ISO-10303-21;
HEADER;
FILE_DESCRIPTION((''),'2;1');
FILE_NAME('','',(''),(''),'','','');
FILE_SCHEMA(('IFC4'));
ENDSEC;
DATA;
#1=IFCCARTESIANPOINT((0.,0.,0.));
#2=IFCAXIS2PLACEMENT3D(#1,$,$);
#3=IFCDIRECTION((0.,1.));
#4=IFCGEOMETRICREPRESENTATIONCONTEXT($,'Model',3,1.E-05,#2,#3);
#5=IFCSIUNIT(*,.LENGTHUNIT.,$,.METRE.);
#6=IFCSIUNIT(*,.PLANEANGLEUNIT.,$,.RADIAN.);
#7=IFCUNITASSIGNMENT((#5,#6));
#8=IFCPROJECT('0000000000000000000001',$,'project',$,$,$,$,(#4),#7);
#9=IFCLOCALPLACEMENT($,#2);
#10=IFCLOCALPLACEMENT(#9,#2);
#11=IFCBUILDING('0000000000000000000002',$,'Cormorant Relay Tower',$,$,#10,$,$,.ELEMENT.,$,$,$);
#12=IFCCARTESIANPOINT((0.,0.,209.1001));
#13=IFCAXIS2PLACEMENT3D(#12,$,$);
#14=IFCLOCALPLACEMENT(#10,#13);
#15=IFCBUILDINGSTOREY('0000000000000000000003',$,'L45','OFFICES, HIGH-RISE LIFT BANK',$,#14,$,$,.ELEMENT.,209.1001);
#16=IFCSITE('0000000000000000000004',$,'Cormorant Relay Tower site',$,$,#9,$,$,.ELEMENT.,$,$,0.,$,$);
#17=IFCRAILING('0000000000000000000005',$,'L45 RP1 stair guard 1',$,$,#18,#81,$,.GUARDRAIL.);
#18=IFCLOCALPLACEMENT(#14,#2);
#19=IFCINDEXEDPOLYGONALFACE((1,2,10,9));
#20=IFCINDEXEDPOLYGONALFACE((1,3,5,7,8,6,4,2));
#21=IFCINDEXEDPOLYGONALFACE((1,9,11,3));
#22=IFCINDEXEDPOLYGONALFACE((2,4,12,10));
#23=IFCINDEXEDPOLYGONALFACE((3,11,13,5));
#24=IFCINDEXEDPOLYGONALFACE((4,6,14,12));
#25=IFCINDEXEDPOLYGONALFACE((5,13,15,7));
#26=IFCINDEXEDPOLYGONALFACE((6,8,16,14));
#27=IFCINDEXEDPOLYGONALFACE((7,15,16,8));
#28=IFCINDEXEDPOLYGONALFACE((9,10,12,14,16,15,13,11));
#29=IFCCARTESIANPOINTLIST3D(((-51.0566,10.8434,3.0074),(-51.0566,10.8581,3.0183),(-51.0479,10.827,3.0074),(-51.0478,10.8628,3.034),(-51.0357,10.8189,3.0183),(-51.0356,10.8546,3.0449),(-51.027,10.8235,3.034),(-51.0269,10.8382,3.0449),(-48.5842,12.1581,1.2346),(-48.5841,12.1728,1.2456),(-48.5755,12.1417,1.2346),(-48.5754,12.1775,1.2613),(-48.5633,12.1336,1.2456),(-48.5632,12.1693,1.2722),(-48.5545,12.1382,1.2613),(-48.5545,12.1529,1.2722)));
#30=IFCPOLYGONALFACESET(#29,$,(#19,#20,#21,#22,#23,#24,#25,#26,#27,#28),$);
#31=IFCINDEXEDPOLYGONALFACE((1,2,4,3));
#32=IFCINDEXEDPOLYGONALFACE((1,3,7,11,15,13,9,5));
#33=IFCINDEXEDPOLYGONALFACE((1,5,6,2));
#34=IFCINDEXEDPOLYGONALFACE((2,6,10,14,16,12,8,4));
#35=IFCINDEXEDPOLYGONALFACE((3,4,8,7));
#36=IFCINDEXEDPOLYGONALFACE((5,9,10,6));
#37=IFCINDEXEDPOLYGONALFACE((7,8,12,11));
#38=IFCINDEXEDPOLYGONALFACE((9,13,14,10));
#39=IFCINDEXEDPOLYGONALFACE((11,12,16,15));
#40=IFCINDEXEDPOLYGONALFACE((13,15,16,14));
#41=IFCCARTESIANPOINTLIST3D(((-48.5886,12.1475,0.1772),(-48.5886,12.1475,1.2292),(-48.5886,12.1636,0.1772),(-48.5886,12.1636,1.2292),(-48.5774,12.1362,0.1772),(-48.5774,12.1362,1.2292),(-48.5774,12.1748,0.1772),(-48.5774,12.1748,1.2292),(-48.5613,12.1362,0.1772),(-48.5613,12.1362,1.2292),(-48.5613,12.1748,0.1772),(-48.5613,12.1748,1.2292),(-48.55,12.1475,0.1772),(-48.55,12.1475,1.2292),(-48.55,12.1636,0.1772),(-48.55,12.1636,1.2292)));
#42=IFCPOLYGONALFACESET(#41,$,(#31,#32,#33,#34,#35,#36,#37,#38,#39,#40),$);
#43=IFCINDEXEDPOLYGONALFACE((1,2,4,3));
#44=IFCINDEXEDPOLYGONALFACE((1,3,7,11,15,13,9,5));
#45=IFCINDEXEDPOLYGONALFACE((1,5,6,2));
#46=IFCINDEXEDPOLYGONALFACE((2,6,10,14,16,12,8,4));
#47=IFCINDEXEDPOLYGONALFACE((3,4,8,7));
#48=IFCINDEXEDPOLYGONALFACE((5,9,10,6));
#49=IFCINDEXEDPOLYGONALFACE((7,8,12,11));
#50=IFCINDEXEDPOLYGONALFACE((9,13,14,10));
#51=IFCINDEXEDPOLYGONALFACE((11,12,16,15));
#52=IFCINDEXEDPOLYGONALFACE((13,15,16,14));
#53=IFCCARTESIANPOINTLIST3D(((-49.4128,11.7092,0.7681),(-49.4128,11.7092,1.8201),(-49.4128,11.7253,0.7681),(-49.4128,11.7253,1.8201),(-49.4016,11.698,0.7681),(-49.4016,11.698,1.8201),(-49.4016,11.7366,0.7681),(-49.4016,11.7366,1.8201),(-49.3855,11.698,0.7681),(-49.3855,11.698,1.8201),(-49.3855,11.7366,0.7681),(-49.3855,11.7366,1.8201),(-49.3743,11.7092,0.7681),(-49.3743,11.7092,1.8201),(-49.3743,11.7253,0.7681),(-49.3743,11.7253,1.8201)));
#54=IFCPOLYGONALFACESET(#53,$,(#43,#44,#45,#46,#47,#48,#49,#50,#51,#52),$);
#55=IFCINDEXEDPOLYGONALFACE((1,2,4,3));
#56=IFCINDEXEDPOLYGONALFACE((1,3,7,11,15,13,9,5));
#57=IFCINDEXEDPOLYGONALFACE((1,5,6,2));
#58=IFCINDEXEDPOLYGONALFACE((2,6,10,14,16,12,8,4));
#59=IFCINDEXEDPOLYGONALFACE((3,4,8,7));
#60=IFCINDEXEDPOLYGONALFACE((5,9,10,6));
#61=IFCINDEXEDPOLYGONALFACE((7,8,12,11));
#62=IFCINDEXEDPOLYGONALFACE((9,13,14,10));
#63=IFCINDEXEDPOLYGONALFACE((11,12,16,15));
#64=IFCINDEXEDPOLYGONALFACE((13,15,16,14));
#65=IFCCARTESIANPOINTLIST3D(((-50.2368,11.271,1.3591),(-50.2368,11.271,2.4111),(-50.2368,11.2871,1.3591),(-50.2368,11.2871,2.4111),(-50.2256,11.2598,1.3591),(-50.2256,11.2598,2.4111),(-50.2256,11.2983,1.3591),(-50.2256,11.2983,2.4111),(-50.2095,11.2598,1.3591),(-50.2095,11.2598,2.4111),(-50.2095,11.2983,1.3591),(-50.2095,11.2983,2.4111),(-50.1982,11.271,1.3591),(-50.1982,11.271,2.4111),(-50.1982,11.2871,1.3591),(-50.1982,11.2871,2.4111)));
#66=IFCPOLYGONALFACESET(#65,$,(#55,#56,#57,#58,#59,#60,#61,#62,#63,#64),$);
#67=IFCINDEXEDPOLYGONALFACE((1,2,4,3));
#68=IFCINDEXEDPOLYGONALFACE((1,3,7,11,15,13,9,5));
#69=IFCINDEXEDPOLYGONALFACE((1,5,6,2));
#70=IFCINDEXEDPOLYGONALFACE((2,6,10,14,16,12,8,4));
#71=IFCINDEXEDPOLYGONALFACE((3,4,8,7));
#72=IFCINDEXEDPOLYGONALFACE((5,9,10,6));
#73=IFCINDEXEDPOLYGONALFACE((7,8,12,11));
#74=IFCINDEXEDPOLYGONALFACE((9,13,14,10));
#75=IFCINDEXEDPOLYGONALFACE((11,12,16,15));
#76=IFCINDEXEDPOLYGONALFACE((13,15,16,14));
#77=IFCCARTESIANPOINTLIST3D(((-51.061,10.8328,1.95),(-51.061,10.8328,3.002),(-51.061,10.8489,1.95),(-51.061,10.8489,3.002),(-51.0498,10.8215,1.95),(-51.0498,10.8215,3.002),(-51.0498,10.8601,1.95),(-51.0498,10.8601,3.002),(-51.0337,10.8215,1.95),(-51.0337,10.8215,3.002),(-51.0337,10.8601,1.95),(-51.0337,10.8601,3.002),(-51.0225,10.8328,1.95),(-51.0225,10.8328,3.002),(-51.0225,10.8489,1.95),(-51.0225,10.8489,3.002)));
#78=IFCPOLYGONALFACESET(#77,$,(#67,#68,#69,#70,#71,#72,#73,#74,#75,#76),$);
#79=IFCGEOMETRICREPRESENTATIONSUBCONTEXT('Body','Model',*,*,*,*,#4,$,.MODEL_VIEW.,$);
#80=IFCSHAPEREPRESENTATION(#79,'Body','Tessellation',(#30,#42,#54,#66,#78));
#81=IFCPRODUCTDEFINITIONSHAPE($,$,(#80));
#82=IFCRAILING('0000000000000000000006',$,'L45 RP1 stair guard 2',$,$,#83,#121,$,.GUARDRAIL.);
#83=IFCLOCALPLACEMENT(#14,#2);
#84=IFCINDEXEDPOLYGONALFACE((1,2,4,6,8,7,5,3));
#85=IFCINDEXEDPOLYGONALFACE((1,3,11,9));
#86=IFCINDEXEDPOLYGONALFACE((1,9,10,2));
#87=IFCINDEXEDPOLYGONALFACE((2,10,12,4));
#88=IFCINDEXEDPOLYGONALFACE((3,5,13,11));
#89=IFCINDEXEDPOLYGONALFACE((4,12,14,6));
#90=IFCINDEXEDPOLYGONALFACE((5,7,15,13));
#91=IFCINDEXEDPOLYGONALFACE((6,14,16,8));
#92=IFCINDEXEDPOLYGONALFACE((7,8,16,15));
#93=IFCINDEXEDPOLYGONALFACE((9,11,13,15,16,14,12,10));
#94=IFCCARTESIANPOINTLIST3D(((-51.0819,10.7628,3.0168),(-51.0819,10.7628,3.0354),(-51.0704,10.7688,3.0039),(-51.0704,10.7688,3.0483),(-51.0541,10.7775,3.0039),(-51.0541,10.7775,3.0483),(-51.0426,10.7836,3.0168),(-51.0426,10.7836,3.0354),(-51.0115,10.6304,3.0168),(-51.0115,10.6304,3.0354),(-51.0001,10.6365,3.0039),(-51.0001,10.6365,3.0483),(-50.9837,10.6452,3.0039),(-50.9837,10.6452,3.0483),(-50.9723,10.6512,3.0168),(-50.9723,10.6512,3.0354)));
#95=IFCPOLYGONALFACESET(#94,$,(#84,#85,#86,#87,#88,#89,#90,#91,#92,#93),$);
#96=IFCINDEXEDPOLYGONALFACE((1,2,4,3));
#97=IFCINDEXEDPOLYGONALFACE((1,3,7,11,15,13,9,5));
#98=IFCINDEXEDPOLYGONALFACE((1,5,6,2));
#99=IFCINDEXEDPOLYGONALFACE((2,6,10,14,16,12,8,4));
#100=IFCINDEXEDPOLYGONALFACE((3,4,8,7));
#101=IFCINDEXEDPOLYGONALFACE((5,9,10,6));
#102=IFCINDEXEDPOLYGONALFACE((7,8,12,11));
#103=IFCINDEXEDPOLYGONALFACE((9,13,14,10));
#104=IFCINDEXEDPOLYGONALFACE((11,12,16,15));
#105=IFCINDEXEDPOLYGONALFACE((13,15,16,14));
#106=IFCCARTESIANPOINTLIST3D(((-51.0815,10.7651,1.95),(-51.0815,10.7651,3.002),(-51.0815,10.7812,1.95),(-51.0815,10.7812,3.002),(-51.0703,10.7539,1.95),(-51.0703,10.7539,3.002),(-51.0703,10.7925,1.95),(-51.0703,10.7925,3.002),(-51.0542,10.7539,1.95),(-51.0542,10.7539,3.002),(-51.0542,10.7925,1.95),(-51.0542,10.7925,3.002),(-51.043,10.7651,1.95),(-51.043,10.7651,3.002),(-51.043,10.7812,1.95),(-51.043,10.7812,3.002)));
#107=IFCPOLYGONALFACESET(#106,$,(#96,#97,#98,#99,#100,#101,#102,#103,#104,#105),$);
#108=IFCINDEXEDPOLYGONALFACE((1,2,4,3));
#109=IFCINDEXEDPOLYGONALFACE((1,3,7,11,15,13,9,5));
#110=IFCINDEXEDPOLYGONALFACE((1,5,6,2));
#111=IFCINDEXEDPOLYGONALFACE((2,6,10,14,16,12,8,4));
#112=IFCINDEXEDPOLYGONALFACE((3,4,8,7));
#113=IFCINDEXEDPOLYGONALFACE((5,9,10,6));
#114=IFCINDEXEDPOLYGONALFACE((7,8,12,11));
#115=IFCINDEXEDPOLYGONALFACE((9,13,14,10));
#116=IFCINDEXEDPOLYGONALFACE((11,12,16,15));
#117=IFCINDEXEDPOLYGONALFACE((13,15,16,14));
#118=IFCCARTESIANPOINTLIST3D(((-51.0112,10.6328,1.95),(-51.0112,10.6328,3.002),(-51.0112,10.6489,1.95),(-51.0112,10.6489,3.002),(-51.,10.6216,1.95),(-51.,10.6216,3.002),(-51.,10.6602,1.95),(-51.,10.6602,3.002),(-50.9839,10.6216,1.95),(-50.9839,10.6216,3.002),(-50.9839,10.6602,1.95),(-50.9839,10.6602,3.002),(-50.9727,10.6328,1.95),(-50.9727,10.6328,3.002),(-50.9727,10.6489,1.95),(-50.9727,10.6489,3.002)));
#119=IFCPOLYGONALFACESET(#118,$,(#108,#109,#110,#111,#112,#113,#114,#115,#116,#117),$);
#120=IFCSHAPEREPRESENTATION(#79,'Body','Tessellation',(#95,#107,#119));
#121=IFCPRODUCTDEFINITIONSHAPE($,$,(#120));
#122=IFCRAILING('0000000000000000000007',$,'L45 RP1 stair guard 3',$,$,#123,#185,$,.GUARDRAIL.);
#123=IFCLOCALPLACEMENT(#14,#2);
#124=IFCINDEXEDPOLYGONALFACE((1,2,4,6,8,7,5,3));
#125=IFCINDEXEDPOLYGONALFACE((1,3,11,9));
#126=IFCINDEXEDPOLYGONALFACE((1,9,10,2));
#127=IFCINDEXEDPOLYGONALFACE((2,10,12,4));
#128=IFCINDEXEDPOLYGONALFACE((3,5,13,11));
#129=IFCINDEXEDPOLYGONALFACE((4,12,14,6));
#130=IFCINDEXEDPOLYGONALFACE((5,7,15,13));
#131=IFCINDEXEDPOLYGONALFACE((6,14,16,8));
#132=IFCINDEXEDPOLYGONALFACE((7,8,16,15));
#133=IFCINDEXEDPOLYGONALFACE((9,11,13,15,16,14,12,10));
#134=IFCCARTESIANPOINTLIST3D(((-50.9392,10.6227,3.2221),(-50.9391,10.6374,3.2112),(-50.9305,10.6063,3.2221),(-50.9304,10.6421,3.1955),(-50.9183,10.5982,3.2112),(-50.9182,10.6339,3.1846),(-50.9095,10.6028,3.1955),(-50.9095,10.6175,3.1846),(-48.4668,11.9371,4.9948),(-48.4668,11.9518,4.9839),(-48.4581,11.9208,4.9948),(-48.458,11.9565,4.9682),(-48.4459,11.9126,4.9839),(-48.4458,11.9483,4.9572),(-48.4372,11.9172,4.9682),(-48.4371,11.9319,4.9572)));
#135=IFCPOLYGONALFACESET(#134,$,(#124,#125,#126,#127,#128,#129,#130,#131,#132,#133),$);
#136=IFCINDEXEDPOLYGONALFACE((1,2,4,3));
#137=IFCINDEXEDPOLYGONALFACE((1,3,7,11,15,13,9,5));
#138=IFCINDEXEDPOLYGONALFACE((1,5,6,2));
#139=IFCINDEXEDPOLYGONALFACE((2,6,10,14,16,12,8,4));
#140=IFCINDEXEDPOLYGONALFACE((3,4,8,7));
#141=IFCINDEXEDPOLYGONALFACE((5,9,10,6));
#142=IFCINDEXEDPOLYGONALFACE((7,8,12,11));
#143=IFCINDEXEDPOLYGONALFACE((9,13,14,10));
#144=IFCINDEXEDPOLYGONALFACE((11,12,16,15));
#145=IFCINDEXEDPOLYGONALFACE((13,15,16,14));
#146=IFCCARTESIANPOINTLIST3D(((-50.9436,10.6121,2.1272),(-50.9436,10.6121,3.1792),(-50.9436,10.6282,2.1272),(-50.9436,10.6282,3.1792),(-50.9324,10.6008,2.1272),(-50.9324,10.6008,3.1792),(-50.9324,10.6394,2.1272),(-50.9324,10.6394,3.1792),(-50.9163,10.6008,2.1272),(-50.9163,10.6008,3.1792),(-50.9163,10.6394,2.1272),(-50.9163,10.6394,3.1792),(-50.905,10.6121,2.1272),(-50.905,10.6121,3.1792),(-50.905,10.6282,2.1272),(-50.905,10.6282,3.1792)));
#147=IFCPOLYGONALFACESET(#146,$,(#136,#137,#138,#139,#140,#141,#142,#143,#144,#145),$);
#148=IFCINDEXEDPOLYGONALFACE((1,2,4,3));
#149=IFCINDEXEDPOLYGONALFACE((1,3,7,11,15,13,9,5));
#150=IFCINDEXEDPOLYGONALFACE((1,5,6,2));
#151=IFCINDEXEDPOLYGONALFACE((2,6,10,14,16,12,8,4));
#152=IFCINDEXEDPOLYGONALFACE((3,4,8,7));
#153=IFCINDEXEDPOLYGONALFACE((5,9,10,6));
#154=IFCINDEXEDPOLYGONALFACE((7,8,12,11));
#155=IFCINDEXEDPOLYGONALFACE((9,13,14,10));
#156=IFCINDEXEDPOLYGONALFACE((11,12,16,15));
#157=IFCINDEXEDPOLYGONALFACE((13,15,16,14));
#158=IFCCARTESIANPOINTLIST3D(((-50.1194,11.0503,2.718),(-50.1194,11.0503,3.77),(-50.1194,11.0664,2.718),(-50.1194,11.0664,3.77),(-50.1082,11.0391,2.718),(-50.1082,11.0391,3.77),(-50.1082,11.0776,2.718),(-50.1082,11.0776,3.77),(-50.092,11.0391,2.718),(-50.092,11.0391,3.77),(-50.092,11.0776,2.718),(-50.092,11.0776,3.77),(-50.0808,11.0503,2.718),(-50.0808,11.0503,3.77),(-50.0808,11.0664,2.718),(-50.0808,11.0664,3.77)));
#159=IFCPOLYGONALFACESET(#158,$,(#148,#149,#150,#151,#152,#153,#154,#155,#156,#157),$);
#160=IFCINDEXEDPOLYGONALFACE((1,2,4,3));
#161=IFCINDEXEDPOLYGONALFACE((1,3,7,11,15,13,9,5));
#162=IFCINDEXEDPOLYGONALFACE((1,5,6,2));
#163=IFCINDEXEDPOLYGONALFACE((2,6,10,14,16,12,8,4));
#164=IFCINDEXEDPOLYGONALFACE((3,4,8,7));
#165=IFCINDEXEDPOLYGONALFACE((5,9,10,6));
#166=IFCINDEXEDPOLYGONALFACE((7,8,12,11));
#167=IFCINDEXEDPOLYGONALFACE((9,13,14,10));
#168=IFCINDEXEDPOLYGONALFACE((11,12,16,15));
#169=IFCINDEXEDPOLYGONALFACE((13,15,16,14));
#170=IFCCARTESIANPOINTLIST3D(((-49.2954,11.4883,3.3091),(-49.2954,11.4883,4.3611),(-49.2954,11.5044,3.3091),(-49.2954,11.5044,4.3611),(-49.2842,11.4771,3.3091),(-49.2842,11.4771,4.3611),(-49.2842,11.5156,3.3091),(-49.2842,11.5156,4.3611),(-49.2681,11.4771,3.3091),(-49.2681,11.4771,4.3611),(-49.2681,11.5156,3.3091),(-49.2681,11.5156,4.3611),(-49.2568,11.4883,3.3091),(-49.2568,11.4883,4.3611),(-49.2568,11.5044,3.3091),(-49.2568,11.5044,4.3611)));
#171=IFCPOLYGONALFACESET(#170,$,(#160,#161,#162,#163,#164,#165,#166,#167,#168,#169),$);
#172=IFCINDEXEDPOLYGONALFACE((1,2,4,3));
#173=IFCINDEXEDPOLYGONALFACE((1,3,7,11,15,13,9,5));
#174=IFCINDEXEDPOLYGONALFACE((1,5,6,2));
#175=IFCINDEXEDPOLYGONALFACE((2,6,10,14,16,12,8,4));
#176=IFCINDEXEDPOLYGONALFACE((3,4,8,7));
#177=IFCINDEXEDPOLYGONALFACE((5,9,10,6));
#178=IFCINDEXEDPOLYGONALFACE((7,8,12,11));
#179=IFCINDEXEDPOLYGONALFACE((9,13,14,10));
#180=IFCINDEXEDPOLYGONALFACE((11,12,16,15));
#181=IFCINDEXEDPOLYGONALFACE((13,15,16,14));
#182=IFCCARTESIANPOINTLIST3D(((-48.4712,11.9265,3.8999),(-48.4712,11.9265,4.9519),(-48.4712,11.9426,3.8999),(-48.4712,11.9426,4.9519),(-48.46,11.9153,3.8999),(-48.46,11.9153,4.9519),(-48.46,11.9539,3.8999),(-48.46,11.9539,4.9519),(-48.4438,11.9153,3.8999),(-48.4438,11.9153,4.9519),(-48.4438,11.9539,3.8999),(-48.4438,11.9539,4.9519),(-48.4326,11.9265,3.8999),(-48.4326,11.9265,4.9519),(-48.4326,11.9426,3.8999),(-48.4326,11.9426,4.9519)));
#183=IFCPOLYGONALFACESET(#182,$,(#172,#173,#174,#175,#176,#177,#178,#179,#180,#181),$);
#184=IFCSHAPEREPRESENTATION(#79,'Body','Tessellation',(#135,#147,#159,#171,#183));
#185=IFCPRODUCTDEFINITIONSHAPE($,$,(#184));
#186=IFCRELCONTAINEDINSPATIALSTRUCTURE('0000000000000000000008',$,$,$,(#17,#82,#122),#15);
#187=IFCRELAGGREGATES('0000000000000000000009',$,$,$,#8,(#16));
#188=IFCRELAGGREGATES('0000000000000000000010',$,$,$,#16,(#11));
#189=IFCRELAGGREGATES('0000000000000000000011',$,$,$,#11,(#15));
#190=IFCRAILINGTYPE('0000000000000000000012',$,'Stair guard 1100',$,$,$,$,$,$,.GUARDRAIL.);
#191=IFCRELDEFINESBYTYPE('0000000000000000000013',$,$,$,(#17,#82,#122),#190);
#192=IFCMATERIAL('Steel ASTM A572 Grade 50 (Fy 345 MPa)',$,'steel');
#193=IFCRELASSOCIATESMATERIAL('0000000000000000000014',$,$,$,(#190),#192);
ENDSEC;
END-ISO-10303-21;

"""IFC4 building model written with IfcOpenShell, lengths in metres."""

from ifc_helpers import new_model, si_unit, direction, frame, origin, place, context, subcontext, project, spatial, polyline, outline, extrude, material, type_object, element, save


model = new_model("IFC4")

# Units and contexts
model_context = context("Model", 3, precision=1e-05, world=origin(), true_north=direction((0.0, 1.0)))
body_context = subcontext(model_context, "Body", "Model", "MODEL_VIEW")
ifc_project = project(units=[si_unit("LENGTHUNIT", "METRE"), si_unit("PLANEANGLEUNIT", "RADIAN")], contexts=[model_context])

# Site, building, storey
site_placement = place(None, origin())
site = spatial("IfcSite", under=ifc_project, at=site_placement, Name="Cormorant Relay Tower site", CompositionType="ELEMENT", RefElevation=0.0)
building_placement = place(site_placement, origin())
building = spatial("IfcBuilding", under=site, at=building_placement, Name="Cormorant Relay Tower", CompositionType="ELEMENT")
storey_placement = place(building_placement, frame((0.0, 0.0, 209.1001)))
storey = spatial("IfcBuildingStorey", under=building, at=storey_placement, Name="L45", Description="OFFICES, HIGH-RISE LIFT BANK", CompositionType="ELEMENT", Elevation=209.1001)

# Railings
ifc_material_1 = material(Name="Steel ASTM A572 Grade 50 (Fy 345 MPa)", Category="steel")
railing_type_1 = type_object("IfcRailingType", Name="Stair guard 1100", PredefinedType="GUARDRAIL", material=ifc_material_1)
railing_1_placement = place(storey_placement, frame((-48.5693, 12.1555, 0.1772)))
element("IfcRailing", 1, at=railing_1_placement, inside=storey, type_object=railing_type_1, Name="L45 RP1 stair guard 1", PredefinedType="GUARDRAIL", context=body_context, shape_type="SweptSolid", body=[
    extrude(outline(polyline([(0.0222, 0.0093), (0.0093, 0.0222), (-0.0093, 0.0222), (-0.0222, 0.0093), (-0.0222, -0.0093), (-0.0093, -0.0222), (0.0093, -0.0222), (0.0222, -0.0093), (0.0222, 0.0093)])), frame((0.0, 0.0, 1.0762), z_axis=(-0.746012, -0.39669, 0.534886), x_axis=(0.469497, -0.882934, 0.0)), (0.0, 0.0, 1.0), 3.3142),
    extrude(outline(polyline([(0.0193, 0.0081), (0.0081, 0.0193), (-0.0081, 0.0193), (-0.0193, 0.0081), (-0.0193, -0.0081), (-0.0081, -0.0193), (0.0081, -0.0193), (0.0193, -0.0081), (0.0193, 0.0081)])), origin(), (0.0, 0.0, 1.0), 1.052),
    extrude(outline(polyline([(0.0193, 0.0081), (0.0081, 0.0193), (-0.0081, 0.0193), (-0.0193, 0.0081), (-0.0193, -0.0081), (-0.0081, -0.0193), (0.0081, -0.0193), (0.0193, -0.0081), (0.0193, 0.0081)])), frame((-0.8242, -0.4382, 0.5908)), (0.0, 0.0, 1.0), 1.052),
    extrude(outline(polyline([(0.0193, 0.0081), (0.0081, 0.0193), (-0.0081, 0.0193), (-0.0193, 0.0081), (-0.0193, -0.0081), (-0.0081, -0.0193), (0.0081, -0.0193), (0.0193, -0.0081), (0.0193, 0.0081)])), frame((-1.6482, -0.8765, 1.1819)), (0.0, 0.0, 1.0), 1.052),
    extrude(outline(polyline([(0.0193, 0.0081), (0.0081, 0.0193), (-0.0081, 0.0193), (-0.0193, 0.0081), (-0.0193, -0.0081), (-0.0081, -0.0193), (0.0081, -0.0193), (0.0193, -0.0081), (0.0193, 0.0081)])), frame((-2.4724, -1.3147, 1.7727)), (0.0, 0.0, 1.0), 1.052),
])
railing_2_placement = place(storey_placement, frame((-51.0623, 10.7732, 1.95)))
element("IfcRailing", 2, at=railing_2_placement, inside=storey, type_object=railing_type_1, Name="L45 RP1 stair guard 2", PredefinedType="GUARDRAIL", context=body_context, shape_type="SweptSolid", body=[
    extrude(outline(polyline([(0.0222, 0.0093), (0.0093, 0.0222), (-0.0093, 0.0222), (-0.0222, 0.0093), (-0.0222, -0.0093), (-0.0093, -0.0222), (0.0093, -0.0222), (0.0222, -0.0093), (0.0222, 0.0093)])), frame((0.0, 0.0, 1.0762), z_axis=(0.469235, -0.883074, 0.0), x_axis=(0.883074, 0.469235, 0.0)), (0.0, 0.0, 1.0), 0.1499),
    extrude(outline(polyline([(0.0193, 0.0081), (0.0081, 0.0193), (-0.0081, 0.0193), (-0.0193, 0.0081), (-0.0193, -0.0081), (-0.0081, -0.0193), (0.0081, -0.0193), (0.0193, -0.0081), (0.0193, 0.0081)])), origin(), (0.0, 0.0, 1.0), 1.052),
    extrude(outline(polyline([(0.0193, 0.0081), (0.0081, 0.0193), (-0.0081, 0.0193), (-0.0193, 0.0081), (-0.0193, -0.0081), (-0.0081, -0.0193), (0.0081, -0.0193), (0.0193, -0.0081), (0.0193, 0.0081)])), frame((0.0703, -0.1323, 0.0)), (0.0, 0.0, 1.0), 1.052),
])
railing_3_placement = place(storey_placement, frame((-50.9243, 10.6201, 2.1272)))
element("IfcRailing", 3, at=railing_3_placement, inside=storey, type_object=railing_type_1, Name="L45 RP1 stair guard 3", PredefinedType="GUARDRAIL", context=body_context, shape_type="SweptSolid", body=[
    extrude(outline(polyline([(0.0222, 0.0093), (0.0093, 0.0222), (-0.0093, 0.0222), (-0.0222, 0.0093), (-0.0222, -0.0093), (-0.0093, -0.0222), (0.0093, -0.0222), (0.0222, -0.0093), (0.0222, 0.0093)])), frame((0.0, 0.0, 1.0762), z_axis=(0.746034, 0.396627, 0.534902), x_axis=(-0.469429, 0.88297, 0.0)), (0.0, 0.0, 1.0), 3.314),
    extrude(outline(polyline([(0.0193, 0.0081), (0.0081, 0.0193), (-0.0081, 0.0193), (-0.0193, 0.0081), (-0.0193, -0.0081), (-0.0081, -0.0193), (0.0081, -0.0193), (0.0193, -0.0081), (0.0193, 0.0081)])), origin(), (0.0, 0.0, 1.0), 1.052),
    extrude(outline(polyline([(0.0193, 0.0081), (0.0081, 0.0193), (-0.0081, 0.0193), (-0.0193, 0.0081), (-0.0193, -0.0081), (-0.0081, -0.0193), (0.0081, -0.0193), (0.0193, -0.0081), (0.0193, 0.0081)])), frame((0.8242, 0.4382, 0.5908)), (0.0, 0.0, 1.0), 1.052),
    extrude(outline(polyline([(0.0193, 0.0081), (0.0081, 0.0193), (-0.0081, 0.0193), (-0.0193, 0.0081), (-0.0193, -0.0081), (-0.0081, -0.0193), (0.0081, -0.0193), (0.0193, -0.0081), (0.0193, 0.0081)])), frame((1.6482, 0.8762, 1.1819)), (0.0, 0.0, 1.0), 1.052),
    extrude(outline(polyline([(0.0193, 0.0081), (0.0081, 0.0193), (-0.0081, 0.0193), (-0.0193, 0.0081), (-0.0193, -0.0081), (-0.0081, -0.0193), (0.0081, -0.0193), (0.0193, -0.0081), (0.0193, 0.0081)])), frame((2.4724, 1.3145, 1.7727)), (0.0, 0.0, 1.0), 1.052),
])

save(model, "model.ifc")
